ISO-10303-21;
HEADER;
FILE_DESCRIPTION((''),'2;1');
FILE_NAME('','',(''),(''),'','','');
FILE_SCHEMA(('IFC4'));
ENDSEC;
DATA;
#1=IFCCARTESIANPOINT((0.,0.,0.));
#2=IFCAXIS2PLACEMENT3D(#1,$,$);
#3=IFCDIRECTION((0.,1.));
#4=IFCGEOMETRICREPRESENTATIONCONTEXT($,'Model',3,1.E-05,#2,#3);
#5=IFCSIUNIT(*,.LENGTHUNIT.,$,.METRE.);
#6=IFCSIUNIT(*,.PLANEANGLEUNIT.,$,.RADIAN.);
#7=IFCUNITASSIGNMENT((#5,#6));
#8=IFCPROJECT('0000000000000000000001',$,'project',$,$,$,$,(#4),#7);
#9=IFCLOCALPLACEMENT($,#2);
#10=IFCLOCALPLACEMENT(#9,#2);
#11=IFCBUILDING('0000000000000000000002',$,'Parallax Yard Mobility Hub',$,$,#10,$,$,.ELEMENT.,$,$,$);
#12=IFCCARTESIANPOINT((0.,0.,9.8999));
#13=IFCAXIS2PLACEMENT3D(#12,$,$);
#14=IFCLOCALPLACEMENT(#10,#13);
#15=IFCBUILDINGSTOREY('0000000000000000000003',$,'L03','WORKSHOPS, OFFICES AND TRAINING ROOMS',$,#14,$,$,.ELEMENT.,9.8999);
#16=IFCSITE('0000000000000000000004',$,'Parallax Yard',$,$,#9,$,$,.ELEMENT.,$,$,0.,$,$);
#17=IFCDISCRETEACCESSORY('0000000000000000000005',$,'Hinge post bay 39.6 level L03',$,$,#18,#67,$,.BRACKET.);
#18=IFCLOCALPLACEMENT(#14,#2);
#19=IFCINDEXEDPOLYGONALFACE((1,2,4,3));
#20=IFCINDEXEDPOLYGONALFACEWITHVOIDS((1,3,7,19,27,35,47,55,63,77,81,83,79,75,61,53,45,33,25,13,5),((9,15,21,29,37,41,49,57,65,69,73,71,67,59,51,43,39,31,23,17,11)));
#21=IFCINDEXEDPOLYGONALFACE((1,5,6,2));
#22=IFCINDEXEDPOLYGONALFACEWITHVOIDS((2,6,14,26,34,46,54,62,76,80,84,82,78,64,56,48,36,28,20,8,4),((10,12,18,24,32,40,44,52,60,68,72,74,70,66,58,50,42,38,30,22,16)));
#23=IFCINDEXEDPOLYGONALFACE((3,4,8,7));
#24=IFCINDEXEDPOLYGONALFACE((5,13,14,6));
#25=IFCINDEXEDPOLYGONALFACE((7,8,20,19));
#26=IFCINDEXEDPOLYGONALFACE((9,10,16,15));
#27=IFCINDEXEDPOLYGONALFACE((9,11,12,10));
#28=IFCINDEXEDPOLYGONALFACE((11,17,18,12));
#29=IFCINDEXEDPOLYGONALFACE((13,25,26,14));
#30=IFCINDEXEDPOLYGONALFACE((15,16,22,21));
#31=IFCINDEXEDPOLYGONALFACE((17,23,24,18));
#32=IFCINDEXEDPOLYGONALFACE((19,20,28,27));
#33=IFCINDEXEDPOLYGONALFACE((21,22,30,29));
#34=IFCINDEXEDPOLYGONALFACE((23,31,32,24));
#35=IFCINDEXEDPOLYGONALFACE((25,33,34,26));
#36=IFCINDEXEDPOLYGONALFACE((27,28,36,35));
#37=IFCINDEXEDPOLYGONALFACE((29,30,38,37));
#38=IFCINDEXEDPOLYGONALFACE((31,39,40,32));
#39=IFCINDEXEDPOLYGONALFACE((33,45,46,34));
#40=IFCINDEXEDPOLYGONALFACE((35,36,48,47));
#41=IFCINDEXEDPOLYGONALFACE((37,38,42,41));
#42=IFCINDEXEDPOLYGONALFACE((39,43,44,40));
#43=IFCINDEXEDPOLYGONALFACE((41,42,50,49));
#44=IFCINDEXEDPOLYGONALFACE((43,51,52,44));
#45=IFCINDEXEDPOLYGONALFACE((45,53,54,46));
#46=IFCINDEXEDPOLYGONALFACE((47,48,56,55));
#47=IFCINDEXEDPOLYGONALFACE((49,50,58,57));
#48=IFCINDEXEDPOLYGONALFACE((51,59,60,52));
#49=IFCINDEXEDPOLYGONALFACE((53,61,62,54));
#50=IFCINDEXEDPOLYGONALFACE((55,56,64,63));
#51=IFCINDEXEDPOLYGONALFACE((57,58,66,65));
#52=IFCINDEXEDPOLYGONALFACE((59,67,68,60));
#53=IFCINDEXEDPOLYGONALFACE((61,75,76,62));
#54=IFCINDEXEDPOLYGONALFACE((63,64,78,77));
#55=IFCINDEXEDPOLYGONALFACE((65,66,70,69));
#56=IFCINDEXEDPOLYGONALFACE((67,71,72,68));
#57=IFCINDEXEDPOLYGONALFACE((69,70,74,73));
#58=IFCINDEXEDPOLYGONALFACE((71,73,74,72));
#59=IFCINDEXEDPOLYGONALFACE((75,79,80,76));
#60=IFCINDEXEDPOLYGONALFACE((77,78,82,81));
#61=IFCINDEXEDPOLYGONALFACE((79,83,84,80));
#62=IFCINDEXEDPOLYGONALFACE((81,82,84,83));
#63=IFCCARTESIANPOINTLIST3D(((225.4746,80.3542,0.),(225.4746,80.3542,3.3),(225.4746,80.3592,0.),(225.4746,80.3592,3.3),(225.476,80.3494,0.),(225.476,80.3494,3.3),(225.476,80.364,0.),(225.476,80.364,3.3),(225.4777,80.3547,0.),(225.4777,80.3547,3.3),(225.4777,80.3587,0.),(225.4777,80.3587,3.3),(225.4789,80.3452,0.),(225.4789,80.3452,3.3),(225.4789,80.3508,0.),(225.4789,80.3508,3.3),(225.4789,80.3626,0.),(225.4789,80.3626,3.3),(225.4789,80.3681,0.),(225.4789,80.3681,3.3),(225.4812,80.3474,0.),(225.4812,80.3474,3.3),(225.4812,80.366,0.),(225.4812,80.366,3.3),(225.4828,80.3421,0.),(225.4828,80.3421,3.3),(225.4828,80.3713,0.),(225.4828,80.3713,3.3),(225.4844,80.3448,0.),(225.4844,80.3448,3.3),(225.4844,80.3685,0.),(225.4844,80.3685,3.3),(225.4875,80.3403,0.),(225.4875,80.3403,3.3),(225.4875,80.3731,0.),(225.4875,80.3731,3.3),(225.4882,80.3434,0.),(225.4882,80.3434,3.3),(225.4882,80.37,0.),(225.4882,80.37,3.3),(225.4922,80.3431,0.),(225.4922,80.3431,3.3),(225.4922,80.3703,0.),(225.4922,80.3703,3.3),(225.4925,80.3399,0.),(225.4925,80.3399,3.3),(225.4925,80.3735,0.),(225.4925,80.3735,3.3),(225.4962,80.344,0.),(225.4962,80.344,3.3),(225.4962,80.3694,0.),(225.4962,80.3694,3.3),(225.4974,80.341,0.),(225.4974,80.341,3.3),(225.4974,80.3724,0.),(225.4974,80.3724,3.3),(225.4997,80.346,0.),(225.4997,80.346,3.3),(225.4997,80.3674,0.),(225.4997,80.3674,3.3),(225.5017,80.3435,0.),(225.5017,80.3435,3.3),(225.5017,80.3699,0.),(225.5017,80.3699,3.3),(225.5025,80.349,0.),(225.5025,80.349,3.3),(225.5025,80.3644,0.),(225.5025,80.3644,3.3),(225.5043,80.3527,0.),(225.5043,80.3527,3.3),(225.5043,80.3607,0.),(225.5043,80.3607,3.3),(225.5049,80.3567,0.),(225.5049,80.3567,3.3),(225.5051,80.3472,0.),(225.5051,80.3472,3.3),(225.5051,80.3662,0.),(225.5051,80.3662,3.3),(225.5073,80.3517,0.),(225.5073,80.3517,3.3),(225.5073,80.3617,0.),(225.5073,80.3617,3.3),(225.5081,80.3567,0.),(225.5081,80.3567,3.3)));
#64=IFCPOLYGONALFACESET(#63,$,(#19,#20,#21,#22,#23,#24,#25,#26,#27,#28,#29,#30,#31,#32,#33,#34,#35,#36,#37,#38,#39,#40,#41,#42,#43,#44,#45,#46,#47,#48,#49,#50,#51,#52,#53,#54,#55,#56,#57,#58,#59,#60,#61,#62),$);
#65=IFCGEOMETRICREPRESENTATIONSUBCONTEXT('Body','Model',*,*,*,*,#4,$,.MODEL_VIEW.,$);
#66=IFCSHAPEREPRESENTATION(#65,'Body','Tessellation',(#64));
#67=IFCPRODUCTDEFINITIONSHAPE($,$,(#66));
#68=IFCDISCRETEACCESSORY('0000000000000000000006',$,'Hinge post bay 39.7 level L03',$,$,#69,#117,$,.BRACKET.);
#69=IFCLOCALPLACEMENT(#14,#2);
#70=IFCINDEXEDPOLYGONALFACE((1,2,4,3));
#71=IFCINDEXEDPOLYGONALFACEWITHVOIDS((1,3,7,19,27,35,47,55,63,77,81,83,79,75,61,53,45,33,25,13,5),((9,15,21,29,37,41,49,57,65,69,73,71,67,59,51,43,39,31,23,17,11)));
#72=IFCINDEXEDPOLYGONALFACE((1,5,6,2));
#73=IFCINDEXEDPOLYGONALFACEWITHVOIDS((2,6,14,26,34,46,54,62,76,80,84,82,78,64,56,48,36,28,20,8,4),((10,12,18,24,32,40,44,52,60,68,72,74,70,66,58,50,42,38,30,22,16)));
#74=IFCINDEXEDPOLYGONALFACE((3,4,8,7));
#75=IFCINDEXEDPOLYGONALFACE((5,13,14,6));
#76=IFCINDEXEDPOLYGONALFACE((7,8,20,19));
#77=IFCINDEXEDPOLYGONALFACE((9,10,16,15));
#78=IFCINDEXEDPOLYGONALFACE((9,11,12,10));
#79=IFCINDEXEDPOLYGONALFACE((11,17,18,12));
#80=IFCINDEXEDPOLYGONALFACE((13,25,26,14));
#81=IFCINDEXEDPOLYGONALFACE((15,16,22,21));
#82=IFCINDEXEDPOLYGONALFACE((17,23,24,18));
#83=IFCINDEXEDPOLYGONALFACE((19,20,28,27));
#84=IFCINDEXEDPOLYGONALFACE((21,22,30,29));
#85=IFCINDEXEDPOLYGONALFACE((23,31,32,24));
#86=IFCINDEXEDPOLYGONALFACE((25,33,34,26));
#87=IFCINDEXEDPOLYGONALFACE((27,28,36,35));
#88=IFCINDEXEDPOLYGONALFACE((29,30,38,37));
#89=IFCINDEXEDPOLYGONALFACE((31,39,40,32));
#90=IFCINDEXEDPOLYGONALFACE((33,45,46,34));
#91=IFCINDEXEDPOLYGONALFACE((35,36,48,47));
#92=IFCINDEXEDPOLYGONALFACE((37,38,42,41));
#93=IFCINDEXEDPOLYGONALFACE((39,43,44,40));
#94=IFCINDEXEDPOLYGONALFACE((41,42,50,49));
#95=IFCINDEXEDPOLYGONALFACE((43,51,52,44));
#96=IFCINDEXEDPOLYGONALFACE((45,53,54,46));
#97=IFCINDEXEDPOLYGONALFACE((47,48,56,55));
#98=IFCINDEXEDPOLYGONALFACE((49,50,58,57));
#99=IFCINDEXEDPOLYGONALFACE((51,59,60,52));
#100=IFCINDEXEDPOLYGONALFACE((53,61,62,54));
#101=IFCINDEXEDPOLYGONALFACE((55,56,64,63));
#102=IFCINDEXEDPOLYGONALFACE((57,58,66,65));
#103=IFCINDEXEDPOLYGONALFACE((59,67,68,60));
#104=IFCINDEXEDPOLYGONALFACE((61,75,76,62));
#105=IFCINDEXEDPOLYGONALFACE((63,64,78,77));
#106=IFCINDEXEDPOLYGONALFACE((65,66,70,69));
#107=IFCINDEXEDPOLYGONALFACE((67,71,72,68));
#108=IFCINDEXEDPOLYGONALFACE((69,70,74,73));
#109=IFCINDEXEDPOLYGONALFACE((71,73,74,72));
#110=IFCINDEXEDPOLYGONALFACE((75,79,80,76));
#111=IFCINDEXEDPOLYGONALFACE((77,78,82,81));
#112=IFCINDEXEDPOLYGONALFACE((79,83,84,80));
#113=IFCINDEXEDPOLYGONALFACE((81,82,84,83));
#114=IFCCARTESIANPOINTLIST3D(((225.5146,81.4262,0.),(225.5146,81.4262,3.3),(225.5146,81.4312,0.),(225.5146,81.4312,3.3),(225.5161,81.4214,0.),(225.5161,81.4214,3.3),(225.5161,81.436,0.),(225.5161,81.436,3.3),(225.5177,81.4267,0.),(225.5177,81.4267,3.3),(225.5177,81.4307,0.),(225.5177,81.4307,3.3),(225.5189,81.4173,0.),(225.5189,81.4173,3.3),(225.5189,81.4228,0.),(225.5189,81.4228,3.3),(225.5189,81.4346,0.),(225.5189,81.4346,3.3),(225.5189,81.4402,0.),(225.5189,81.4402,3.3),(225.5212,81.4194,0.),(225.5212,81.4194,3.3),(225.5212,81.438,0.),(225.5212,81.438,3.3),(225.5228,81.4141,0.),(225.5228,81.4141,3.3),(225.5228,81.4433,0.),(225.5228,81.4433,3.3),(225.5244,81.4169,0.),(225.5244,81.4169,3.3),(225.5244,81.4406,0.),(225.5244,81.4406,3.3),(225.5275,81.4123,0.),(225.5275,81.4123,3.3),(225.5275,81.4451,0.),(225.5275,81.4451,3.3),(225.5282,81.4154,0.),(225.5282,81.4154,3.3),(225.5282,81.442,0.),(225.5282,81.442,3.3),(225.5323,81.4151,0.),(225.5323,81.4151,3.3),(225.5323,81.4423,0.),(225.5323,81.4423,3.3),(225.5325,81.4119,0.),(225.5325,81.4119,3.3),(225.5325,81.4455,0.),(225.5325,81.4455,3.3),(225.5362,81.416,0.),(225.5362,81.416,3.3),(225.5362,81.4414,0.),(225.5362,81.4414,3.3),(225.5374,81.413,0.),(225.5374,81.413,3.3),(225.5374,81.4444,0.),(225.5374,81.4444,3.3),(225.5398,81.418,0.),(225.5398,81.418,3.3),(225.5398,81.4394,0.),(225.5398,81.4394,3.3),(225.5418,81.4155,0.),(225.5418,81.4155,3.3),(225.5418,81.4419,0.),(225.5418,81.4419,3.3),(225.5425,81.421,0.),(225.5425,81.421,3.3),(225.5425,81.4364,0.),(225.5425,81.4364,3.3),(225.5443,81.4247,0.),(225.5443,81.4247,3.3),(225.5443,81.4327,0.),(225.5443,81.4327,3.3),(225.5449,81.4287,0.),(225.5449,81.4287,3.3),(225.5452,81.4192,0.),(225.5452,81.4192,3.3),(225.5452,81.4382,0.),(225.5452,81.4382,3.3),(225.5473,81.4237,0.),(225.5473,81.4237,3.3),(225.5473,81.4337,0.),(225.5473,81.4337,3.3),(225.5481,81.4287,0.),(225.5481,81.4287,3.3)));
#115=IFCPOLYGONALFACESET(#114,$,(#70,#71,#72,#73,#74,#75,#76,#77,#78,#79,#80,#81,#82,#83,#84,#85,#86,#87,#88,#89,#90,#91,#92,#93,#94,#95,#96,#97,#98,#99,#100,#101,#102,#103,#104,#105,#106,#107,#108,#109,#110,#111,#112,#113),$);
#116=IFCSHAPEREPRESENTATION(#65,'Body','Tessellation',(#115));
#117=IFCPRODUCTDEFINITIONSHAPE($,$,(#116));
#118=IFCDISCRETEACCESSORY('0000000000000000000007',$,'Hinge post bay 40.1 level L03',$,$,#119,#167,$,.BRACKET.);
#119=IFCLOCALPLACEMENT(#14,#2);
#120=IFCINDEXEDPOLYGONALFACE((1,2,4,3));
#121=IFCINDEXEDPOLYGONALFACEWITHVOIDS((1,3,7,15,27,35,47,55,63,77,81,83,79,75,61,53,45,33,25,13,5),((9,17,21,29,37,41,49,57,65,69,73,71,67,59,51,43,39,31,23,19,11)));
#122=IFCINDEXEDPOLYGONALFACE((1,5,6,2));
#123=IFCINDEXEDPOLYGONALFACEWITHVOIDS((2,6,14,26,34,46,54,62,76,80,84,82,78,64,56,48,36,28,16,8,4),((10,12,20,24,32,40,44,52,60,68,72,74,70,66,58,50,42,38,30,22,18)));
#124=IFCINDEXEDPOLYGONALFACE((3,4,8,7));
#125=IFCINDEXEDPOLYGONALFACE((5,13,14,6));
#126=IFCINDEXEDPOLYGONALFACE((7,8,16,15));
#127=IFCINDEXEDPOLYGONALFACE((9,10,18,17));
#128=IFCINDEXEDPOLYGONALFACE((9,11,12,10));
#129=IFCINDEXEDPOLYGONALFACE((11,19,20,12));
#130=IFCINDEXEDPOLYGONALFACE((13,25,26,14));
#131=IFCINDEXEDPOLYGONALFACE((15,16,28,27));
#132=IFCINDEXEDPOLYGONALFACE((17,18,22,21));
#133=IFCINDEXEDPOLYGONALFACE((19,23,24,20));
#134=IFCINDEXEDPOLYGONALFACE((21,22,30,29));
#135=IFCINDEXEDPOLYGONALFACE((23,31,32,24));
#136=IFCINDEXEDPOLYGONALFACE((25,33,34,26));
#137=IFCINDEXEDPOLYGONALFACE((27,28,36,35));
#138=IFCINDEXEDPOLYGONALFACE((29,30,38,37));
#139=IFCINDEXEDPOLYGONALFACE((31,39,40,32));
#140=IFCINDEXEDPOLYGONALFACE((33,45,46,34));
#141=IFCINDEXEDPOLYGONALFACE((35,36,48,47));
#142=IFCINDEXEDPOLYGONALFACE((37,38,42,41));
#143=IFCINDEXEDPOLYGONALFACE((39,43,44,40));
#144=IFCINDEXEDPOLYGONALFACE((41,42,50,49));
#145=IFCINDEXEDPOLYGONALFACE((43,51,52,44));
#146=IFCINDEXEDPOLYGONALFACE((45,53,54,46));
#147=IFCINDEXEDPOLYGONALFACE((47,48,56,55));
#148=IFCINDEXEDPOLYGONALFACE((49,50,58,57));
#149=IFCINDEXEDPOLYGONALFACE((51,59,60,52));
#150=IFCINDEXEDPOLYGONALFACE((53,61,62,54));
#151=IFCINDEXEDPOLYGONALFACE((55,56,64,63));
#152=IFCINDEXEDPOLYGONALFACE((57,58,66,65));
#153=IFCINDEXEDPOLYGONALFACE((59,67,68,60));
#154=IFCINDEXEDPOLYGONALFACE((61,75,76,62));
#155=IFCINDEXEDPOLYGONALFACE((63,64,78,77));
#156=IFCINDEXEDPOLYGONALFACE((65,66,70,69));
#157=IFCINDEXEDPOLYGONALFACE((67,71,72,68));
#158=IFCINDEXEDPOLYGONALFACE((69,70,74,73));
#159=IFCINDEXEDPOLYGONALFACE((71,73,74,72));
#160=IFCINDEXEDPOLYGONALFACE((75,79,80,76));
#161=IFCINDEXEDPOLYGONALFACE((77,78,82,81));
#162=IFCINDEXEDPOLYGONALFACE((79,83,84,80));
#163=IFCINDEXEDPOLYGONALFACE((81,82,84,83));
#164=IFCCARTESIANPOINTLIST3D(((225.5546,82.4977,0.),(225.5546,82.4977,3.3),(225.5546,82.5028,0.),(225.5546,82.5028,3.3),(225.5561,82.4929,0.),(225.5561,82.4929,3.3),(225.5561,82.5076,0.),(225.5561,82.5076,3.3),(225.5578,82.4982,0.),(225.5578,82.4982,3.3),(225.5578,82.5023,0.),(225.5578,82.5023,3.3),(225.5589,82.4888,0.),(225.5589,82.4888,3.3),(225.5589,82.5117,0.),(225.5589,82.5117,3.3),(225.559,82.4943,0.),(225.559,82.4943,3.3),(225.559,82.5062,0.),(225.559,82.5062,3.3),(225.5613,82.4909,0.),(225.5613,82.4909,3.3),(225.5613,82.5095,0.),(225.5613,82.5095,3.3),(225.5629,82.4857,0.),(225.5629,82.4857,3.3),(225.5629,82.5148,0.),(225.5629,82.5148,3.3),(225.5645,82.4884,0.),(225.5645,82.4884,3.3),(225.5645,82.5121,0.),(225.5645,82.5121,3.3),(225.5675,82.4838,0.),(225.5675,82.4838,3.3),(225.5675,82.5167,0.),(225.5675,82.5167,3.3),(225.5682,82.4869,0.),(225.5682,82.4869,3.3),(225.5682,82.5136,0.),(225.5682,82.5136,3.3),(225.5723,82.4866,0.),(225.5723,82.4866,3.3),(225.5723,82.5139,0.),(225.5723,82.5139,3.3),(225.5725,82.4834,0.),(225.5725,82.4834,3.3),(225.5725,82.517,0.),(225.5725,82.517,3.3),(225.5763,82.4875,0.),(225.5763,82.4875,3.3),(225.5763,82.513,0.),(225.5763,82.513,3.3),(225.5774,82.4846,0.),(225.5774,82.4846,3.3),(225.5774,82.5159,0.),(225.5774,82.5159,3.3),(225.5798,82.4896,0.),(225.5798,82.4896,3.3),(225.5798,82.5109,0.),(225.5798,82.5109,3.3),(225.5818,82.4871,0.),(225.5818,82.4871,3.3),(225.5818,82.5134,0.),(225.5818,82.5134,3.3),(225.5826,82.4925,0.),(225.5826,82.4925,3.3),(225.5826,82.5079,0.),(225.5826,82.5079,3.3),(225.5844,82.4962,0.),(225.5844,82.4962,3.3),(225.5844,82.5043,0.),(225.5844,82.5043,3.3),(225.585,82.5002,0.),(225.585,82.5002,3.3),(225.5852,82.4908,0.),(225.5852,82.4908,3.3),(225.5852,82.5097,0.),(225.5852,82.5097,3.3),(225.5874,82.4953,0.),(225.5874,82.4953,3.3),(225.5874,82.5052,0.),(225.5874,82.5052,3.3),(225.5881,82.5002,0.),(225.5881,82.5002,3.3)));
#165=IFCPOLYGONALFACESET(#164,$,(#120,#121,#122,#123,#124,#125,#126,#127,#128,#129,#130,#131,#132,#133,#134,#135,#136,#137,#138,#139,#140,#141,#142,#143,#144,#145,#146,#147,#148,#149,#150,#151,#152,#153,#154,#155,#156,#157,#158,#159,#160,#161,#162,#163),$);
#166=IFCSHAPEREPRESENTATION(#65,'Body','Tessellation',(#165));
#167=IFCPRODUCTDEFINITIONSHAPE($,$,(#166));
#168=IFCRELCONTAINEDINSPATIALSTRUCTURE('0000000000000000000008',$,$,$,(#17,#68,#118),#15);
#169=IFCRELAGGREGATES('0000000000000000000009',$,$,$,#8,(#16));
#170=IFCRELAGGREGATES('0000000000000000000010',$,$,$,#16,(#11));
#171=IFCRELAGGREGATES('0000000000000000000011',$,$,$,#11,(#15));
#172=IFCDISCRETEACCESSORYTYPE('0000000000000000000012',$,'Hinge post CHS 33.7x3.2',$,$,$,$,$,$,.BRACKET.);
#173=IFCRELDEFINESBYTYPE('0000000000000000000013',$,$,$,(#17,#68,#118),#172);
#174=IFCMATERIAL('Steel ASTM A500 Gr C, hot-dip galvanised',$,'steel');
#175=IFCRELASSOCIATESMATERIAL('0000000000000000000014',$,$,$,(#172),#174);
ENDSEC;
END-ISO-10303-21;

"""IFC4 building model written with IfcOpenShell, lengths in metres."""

from ifc_helpers import new_model, si_unit, direction, frame, origin, origin_2d, place, context, subcontext, project, spatial, hollow_circle, extrude, material, material_profile, profile_set, type_object, element, save


model = new_model("IFC4")

# Units and contexts
model_context = context("Model", 3, precision=1e-05, world=origin(), true_north=direction((0.0, 1.0)))
body_context = subcontext(model_context, "Body", "Model", "MODEL_VIEW")
ifc_project = project(units=[si_unit("LENGTHUNIT", "METRE"), si_unit("PLANEANGLEUNIT", "RADIAN")], contexts=[model_context])

# Site, building, storey
site_placement = place(None, origin())
site = spatial("IfcSite", under=ifc_project, at=site_placement, Name="Parallax Yard", CompositionType="ELEMENT", RefElevation=0.0)
building_placement = place(site_placement, origin())
building = spatial("IfcBuilding", under=site, at=building_placement, Name="Parallax Yard Mobility Hub", CompositionType="ELEMENT")
storey_placement = place(building_placement, frame((0.0, 0.0, 9.8999)))
storey = spatial("IfcBuildingStorey", under=building, at=storey_placement, Name="L03", Description="WORKSHOPS, OFFICES AND TRAINING ROOMS", CompositionType="ELEMENT", Elevation=9.8999)

# Discrete accessories
ifc_material_1 = material(Name="Steel ASTM A500 Gr C, hot-dip galvanised", Category="steel")
ifc_material_profile = material_profile(ifc_material_1, hollow_circle(Radius=0.0168, WallThickness=0.0032, at=origin_2d()), Name="CHS 33.7x3.2")
ifc_profile_set = profile_set([ifc_material_profile], Name="Steel ASTM A500 Gr C, hot-dip galvanised")
discrete_accessory_type = type_object("IfcDiscreteAccessoryType", Name="Hinge post CHS 33.7x3.2", PredefinedType="BRACKET", material=ifc_profile_set)
for number, where, z_axis, x_axis, name in (
    (1, (225.4912, 80.3567, 0.0), (0.0, 0.0, 1.0), (1.0, 0.0, 0.0), "Hinge post bay 39.6 level L03"),
    (2, (225.5312, 81.4287, 0.0), (0.0, 0.0, 1.0), (1.0, 0.0, 0.0), "Hinge post bay 39.7 level L03"),
    (3, (225.5713, 82.5002, 0.0), (0.0, 0.0, 1.0), (1.0, 0.0, 0.0), "Hinge post bay 40.1 level L03"),
):
    element("IfcDiscreteAccessory", number, at=place(storey_placement, frame(where, z_axis=z_axis, x_axis=x_axis)), inside=storey, type_object=discrete_accessory_type, Name=name, PredefinedType="BRACKET", context=body_context, shape_type="SweptSolid", body=[
        extrude(hollow_circle(Radius=0.0168, WallThickness=0.0032, at=origin_2d()), origin(), (0.0, 0.0, 1.0), 3.3),
    ])

save(model, "model.ifc")
